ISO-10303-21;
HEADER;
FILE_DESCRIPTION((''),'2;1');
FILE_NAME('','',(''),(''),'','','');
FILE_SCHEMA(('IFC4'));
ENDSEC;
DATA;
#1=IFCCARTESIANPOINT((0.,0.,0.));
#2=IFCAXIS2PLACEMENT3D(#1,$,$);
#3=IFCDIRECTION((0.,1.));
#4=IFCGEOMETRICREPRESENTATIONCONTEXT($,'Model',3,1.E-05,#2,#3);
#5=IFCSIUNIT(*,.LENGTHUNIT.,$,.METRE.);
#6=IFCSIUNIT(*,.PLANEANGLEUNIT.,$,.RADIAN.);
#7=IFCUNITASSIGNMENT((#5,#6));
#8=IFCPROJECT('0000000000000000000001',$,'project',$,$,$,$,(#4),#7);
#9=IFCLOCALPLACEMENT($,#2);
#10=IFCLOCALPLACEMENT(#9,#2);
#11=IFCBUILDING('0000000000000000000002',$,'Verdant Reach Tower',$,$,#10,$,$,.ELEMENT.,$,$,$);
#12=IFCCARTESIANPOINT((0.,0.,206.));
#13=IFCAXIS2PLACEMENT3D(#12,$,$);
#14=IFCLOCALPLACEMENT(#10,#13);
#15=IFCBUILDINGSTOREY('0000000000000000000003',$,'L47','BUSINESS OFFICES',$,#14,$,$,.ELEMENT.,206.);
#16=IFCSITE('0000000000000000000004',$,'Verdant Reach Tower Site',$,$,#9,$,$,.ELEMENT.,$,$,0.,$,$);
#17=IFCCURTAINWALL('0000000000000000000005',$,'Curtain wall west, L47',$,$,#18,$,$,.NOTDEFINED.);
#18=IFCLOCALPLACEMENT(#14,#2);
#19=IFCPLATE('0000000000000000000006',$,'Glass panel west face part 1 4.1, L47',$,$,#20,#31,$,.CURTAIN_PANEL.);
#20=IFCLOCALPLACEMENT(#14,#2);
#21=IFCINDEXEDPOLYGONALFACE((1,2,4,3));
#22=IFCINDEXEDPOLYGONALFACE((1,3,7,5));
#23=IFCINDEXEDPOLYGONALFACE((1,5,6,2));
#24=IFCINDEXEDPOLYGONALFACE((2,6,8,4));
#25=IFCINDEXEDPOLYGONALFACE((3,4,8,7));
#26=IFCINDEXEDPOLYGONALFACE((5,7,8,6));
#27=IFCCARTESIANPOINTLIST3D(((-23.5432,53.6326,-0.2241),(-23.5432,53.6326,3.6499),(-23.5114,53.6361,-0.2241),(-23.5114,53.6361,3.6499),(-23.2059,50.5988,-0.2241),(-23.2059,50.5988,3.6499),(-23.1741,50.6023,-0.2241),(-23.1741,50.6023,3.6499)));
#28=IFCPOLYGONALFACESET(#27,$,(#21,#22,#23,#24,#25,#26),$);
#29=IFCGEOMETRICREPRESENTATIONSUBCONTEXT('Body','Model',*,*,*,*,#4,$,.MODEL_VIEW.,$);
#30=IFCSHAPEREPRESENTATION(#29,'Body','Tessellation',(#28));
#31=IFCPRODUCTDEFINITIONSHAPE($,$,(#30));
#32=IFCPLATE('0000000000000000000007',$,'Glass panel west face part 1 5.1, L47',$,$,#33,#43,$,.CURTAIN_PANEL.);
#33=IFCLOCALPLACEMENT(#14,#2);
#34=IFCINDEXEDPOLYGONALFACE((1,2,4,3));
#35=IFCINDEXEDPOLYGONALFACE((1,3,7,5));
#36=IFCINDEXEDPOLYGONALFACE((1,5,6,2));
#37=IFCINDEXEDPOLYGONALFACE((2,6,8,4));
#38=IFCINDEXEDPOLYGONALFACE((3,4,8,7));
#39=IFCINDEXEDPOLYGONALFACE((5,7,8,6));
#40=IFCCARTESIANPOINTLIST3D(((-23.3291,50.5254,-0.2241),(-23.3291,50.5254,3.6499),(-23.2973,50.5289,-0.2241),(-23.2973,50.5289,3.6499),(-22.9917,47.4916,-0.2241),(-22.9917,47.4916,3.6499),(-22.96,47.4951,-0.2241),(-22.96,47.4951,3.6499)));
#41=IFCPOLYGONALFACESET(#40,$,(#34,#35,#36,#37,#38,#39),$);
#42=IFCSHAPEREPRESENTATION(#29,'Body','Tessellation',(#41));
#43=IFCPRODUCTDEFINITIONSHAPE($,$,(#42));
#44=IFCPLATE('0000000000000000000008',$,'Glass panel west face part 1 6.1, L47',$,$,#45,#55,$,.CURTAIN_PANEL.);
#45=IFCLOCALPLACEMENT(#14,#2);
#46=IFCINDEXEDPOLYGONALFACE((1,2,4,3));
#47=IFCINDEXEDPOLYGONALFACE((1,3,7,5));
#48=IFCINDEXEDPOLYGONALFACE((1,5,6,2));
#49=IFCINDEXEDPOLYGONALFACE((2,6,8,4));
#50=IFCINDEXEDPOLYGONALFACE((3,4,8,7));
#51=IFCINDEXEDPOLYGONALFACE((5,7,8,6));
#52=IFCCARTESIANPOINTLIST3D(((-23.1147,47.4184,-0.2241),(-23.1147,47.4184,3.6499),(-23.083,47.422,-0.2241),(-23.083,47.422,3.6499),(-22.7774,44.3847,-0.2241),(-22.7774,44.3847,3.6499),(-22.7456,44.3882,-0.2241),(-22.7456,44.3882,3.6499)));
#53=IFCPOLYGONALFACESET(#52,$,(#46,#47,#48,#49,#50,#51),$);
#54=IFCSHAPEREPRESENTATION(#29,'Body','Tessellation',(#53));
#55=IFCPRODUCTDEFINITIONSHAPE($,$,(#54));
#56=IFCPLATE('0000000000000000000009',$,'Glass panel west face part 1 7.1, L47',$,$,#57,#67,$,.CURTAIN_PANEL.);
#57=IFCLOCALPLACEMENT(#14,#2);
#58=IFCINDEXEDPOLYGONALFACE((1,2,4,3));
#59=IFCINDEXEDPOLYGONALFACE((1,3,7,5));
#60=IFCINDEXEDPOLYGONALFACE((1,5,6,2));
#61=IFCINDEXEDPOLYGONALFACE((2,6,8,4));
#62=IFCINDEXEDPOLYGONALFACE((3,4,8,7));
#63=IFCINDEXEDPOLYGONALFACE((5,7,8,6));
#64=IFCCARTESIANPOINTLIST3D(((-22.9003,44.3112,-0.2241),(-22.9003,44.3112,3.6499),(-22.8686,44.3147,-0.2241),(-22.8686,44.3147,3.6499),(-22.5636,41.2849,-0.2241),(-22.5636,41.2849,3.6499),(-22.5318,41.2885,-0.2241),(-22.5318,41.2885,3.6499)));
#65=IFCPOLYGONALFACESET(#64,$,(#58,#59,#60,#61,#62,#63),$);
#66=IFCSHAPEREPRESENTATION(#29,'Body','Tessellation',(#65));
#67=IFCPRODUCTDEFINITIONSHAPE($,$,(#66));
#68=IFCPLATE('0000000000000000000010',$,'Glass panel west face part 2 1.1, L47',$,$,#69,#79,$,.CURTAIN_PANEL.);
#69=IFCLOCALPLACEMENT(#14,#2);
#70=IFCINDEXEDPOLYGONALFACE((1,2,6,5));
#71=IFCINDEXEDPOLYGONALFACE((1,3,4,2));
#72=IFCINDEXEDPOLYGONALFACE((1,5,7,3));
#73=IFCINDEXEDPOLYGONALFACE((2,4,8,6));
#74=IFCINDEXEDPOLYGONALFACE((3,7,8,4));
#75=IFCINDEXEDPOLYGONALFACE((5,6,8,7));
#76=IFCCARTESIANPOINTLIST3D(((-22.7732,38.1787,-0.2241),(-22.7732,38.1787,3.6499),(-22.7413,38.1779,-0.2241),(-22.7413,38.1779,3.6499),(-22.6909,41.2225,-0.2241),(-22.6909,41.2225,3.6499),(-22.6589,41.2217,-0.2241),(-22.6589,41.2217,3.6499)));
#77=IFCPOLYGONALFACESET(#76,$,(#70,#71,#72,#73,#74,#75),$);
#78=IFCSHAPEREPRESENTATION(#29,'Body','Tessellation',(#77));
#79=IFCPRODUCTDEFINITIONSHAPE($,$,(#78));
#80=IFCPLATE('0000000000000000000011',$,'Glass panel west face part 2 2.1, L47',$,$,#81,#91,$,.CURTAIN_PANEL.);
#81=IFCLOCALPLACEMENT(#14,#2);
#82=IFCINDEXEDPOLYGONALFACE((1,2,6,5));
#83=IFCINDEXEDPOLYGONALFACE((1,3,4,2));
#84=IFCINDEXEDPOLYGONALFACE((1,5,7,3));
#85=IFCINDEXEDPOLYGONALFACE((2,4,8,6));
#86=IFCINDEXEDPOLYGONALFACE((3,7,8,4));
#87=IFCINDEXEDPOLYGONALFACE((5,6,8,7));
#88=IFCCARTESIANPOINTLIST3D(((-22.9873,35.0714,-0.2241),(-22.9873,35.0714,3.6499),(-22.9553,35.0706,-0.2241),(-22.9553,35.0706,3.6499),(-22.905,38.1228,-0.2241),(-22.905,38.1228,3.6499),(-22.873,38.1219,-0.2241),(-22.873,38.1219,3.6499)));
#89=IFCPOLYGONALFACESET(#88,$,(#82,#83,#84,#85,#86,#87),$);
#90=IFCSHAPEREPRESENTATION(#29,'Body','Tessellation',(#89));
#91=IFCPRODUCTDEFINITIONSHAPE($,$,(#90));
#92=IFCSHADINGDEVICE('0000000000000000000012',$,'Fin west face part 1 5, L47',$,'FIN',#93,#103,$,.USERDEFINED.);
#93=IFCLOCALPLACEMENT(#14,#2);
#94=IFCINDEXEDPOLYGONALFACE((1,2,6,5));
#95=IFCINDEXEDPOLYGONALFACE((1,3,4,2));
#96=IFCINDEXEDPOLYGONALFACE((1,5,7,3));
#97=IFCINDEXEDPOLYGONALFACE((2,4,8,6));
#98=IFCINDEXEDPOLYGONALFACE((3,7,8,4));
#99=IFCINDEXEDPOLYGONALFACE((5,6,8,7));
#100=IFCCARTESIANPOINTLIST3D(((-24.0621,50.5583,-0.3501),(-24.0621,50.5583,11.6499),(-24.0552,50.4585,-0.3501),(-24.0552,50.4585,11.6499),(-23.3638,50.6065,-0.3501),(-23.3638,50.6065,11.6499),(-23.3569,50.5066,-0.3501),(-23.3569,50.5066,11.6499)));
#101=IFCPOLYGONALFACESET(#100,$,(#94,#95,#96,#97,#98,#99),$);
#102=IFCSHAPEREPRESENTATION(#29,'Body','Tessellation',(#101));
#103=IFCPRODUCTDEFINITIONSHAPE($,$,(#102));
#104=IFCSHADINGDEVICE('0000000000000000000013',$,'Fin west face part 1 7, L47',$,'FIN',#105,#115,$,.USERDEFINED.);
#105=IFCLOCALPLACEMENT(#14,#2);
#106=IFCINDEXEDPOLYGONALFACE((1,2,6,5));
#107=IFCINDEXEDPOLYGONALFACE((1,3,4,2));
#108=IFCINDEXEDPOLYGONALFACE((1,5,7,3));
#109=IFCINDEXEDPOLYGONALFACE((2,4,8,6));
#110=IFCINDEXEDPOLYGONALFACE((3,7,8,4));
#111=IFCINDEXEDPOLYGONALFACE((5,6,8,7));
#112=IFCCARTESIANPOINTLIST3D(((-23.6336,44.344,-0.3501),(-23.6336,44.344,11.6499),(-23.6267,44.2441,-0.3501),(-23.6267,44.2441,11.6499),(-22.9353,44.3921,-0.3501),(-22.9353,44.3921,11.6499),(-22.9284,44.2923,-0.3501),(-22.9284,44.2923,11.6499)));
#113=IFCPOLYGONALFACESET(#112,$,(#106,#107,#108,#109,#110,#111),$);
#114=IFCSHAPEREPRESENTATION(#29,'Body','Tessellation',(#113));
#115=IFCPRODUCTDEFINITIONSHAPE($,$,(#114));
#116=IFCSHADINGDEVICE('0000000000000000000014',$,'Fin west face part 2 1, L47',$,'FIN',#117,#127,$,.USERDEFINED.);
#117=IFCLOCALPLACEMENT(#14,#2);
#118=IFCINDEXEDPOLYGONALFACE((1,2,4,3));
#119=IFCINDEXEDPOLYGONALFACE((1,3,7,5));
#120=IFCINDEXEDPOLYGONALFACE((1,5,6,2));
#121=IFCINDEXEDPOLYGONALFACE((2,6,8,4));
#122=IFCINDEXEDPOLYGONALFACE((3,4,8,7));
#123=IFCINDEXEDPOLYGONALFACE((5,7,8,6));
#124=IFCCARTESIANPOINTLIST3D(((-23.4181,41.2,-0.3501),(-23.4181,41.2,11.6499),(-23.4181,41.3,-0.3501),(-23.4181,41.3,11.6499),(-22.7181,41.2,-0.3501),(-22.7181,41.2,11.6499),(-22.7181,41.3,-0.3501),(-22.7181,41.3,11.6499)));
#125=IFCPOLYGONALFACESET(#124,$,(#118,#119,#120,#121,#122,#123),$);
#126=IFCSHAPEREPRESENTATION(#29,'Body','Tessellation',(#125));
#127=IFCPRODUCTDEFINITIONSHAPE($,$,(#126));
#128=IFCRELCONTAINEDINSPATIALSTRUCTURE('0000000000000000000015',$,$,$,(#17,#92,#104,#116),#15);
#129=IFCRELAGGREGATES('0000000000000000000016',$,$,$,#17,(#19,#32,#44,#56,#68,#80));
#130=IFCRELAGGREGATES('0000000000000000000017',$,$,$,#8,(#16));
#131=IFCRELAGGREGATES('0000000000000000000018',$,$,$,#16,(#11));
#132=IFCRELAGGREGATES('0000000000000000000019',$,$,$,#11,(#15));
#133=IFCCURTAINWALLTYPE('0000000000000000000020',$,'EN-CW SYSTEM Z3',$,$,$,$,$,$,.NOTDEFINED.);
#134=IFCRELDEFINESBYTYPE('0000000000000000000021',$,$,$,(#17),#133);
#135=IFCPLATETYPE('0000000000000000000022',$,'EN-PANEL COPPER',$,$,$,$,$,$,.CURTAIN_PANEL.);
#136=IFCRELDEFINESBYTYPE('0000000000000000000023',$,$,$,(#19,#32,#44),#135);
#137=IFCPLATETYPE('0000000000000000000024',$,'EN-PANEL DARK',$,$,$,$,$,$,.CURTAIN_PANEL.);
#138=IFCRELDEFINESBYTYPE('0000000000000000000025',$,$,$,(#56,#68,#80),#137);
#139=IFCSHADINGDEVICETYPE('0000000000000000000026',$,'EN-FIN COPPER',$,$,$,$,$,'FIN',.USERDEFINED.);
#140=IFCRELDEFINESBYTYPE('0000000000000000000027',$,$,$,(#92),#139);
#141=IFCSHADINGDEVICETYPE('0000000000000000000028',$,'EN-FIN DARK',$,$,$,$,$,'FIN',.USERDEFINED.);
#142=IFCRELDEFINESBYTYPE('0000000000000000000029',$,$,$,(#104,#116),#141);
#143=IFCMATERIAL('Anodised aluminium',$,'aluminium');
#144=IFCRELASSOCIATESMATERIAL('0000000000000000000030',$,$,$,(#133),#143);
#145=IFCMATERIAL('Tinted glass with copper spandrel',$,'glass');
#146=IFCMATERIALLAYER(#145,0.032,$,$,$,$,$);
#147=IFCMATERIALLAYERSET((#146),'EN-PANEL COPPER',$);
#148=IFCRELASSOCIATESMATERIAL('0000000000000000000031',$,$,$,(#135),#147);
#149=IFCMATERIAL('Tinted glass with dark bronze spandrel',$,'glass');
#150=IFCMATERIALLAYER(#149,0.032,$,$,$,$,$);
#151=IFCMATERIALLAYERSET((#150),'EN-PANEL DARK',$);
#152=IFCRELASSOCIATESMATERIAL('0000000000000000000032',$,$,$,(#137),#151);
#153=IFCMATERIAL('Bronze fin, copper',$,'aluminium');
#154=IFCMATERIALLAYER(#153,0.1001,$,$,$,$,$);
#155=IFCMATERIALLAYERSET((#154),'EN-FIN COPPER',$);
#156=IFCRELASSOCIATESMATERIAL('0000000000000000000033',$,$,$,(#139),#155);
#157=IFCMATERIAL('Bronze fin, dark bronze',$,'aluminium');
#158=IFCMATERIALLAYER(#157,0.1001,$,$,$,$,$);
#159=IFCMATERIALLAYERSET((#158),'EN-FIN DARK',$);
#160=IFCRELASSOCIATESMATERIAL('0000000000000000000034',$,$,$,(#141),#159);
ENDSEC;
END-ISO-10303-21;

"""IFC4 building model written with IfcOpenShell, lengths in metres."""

from ifc_helpers import new_model, si_unit, direction, frame, origin, origin_2d, place, context, subcontext, project, spatial, rectangle, extrude, material, layer, layer_set, type_object, element, aggregate, save


model = new_model("IFC4")

# Units and contexts
model_context = context("Model", 3, precision=1e-05, world=origin(), true_north=direction((0.0, 1.0)))
body_context = subcontext(model_context, "Body", "Model", "MODEL_VIEW")
ifc_project = project(units=[si_unit("LENGTHUNIT", "METRE"), si_unit("PLANEANGLEUNIT", "RADIAN")], contexts=[model_context])

# Site, building, storey
site_placement = place(None, origin())
site = spatial("IfcSite", under=ifc_project, at=site_placement, Name="Verdant Reach Tower Site", CompositionType="ELEMENT", RefElevation=0.0)
building_placement = place(site_placement, origin())
building = spatial("IfcBuilding", under=site, at=building_placement, Name="Verdant Reach Tower", CompositionType="ELEMENT")
storey_placement = place(building_placement, frame((0.0, 0.0, 206.0)))
storey = spatial("IfcBuildingStorey", under=building, at=storey_placement, Name="L47", Description="BUSINESS OFFICES", CompositionType="ELEMENT", Elevation=206.0)

# Curtain wall
ifc_material_1 = material(Name="Anodised aluminium", Category="aluminium")
curtain_wall_type = type_object("IfcCurtainWallType", Name="EN-CW SYSTEM Z3", PredefinedType="NOTDEFINED", material=ifc_material_1)
curtain_wall_placement = place(storey_placement, origin())
curtain_wall = element("IfcCurtainWall", 1, at=curtain_wall_placement, inside=storey, type_object=curtain_wall_type, Name="Curtain wall west, L47", PredefinedType="NOTDEFINED")

# Plates
ifc_material_2 = material(Name="Tinted glass with copper spandrel", Category="glass")
ifc_layer_1 = layer(ifc_material_2, 0.032)
ifc_layer_set_1 = layer_set([ifc_layer_1], Name="EN-PANEL COPPER")
plate_type_1 = type_object("IfcPlateType", Name="EN-PANEL COPPER", PredefinedType="CURTAIN_PANEL", material=ifc_layer_set_1)
plate_1_placement = place(storey_placement, frame((-23.3586, 52.1174, -0.2241), z_axis=(0.0, 0.0, 1.0), x_axis=(0.110518, -0.993874, 0.0)))
plate_1 = element("IfcPlate", 2, at=plate_1_placement, type_object=plate_type_1, Name="Glass panel west face part 1 4.1, L47", PredefinedType="CURTAIN_PANEL", context=body_context, shape_type="SweptSolid", body=[
    extrude(rectangle(XDim=3.0525, YDim=0.032, at=origin_2d()), origin(), (0.0, 0.0, 1.0), 3.874),
])
plate_2_placement = place(storey_placement, frame((-23.1445, 49.0103, -0.2241), z_axis=(0.0, 0.0, 1.0), x_axis=(0.110518, -0.993874, 0.0)))
plate_2 = element("IfcPlate", 3, at=plate_2_placement, type_object=plate_type_1, Name="Glass panel west face part 1 5.1, L47", PredefinedType="CURTAIN_PANEL", context=body_context, shape_type="SweptSolid", body=[
    extrude(rectangle(XDim=3.0525, YDim=0.032, at=origin_2d()), origin(), (0.0, 0.0, 1.0), 3.874),
])
plate_3_placement = place(storey_placement, frame((-22.9302, 45.9033, -0.2241), z_axis=(0.0, 0.0, 1.0), x_axis=(0.110518, -0.993874, 0.0)))
plate_3 = element("IfcPlate", 4, at=plate_3_placement, type_object=plate_type_1, Name="Glass panel west face part 1 6.1, L47", PredefinedType="CURTAIN_PANEL", context=body_context, shape_type="SweptSolid", body=[
    extrude(rectangle(XDim=3.0525, YDim=0.032, at=origin_2d()), origin(), (0.0, 0.0, 1.0), 3.874),
])
ifc_material_3 = material(Name="Tinted glass with dark bronze spandrel", Category="glass")
ifc_layer_2 = layer(ifc_material_3, 0.032)
ifc_layer_set_2 = layer_set([ifc_layer_2], Name="EN-PANEL DARK")
plate_type_2 = type_object("IfcPlateType", Name="EN-PANEL DARK", PredefinedType="CURTAIN_PANEL", material=ifc_layer_set_2)
plate_4_placement = place(storey_placement, frame((-22.7161, 42.7998, -0.2241), z_axis=(0.0, 0.0, 1.0), x_axis=(0.110601, -0.993865, 0.0)))
plate_4 = element("IfcPlate", 5, at=plate_4_placement, type_object=plate_type_2, Name="Glass panel west face part 1 7.1, L47", PredefinedType="CURTAIN_PANEL", context=body_context, shape_type="SweptSolid", body=[
    extrude(rectangle(XDim=3.0449, YDim=0.032, at=origin_2d()), origin(), (0.0, 0.0, 1.0), 3.874),
])
plate_5_placement = place(storey_placement, frame((-22.7161, 39.7002, -0.2241), z_axis=(0.0, 0.0, 1.0), x_axis=(-0.027048, -0.999634, 0.0)))
plate_5 = element("IfcPlate", 6, at=plate_5_placement, type_object=plate_type_2, Name="Glass panel west face part 2 1.1, L47", PredefinedType="CURTAIN_PANEL", context=body_context, shape_type="SweptSolid", body=[
    extrude(rectangle(XDim=3.0449, YDim=0.032, at=origin_2d()), origin(), (0.0, 0.0, 1.0), 3.874),
])
plate_6_placement = place(storey_placement, frame((-22.9302, 36.5967, -0.2241), z_axis=(0.0, 0.0, 1.0), x_axis=(-0.026965, -0.999636, 0.0)))
plate_6 = element("IfcPlate", 7, at=plate_6_placement, type_object=plate_type_2, Name="Glass panel west face part 2 2.1, L47", PredefinedType="CURTAIN_PANEL", context=body_context, shape_type="SweptSolid", body=[
    extrude(rectangle(XDim=3.0525, YDim=0.032, at=origin_2d()), origin(), (0.0, 0.0, 1.0), 3.874),
])
aggregate(curtain_wall, [plate_1, plate_2, plate_3, plate_4, plate_5, plate_6])

# Shading devices
ifc_material_4 = material(Name="Bronze fin, copper", Category="aluminium")
ifc_layer_3 = layer(ifc_material_4, 0.1001)
ifc_layer_set_3 = layer_set([ifc_layer_3], Name="EN-FIN COPPER")
shading_device_type_1 = type_object("IfcShadingDeviceType", Name="EN-FIN COPPER", ElementType="FIN", PredefinedType="USERDEFINED", material=ifc_layer_set_3)
shading_device_placement = place(storey_placement, frame((-23.7095, 50.5325, -0.3501), z_axis=(0.0, 0.0, 1.0), x_axis=(0.068802, -0.99763, 0.0)))
element("IfcShadingDevice", 8, at=shading_device_placement, inside=storey, type_object=shading_device_type_1, Name="Fin west face part 1 5, L47", ObjectType="FIN", PredefinedType="USERDEFINED", context=body_context, shape_type="SweptSolid", body=[
    extrude(rectangle(XDim=0.1001, YDim=0.7, at=origin_2d()), origin(), (0.0, 0.0, 1.0), 12.0),
])
ifc_material_5 = material(Name="Bronze fin, dark bronze", Category="aluminium")
ifc_layer_4 = layer(ifc_material_5, 0.1001)
ifc_layer_set_4 = layer_set([ifc_layer_4], Name="EN-FIN DARK")
shading_device_type_2 = type_object("IfcShadingDeviceType", Name="EN-FIN DARK", ElementType="FIN", PredefinedType="USERDEFINED", material=ifc_layer_set_4)
for number, where, z_axis, x_axis, name in (
    (9, (-23.281, 44.3181, -0.3501), (0.0, 0.0, 1.0), (0.068802, -0.99763, 0.0), "Fin west face part 1 7, L47"),
    (10, (-23.0681, 41.25, -0.3501), (0.0, 0.0, 1.0), (0.0, -1.0, 0.0), "Fin west face part 2 1, L47"),
):
    element("IfcShadingDevice", number, at=place(storey_placement, frame(where, z_axis=z_axis, x_axis=x_axis)), inside=storey, type_object=shading_device_type_2, Name=name, ObjectType="FIN", PredefinedType="USERDEFINED", context=body_context, shape_type="SweptSolid", body=[
        extrude(rectangle(XDim=0.1001, YDim=0.7, at=origin_2d()), origin(), (0.0, 0.0, 1.0), 12.0),
    ])

save(model, "model.ifc")
